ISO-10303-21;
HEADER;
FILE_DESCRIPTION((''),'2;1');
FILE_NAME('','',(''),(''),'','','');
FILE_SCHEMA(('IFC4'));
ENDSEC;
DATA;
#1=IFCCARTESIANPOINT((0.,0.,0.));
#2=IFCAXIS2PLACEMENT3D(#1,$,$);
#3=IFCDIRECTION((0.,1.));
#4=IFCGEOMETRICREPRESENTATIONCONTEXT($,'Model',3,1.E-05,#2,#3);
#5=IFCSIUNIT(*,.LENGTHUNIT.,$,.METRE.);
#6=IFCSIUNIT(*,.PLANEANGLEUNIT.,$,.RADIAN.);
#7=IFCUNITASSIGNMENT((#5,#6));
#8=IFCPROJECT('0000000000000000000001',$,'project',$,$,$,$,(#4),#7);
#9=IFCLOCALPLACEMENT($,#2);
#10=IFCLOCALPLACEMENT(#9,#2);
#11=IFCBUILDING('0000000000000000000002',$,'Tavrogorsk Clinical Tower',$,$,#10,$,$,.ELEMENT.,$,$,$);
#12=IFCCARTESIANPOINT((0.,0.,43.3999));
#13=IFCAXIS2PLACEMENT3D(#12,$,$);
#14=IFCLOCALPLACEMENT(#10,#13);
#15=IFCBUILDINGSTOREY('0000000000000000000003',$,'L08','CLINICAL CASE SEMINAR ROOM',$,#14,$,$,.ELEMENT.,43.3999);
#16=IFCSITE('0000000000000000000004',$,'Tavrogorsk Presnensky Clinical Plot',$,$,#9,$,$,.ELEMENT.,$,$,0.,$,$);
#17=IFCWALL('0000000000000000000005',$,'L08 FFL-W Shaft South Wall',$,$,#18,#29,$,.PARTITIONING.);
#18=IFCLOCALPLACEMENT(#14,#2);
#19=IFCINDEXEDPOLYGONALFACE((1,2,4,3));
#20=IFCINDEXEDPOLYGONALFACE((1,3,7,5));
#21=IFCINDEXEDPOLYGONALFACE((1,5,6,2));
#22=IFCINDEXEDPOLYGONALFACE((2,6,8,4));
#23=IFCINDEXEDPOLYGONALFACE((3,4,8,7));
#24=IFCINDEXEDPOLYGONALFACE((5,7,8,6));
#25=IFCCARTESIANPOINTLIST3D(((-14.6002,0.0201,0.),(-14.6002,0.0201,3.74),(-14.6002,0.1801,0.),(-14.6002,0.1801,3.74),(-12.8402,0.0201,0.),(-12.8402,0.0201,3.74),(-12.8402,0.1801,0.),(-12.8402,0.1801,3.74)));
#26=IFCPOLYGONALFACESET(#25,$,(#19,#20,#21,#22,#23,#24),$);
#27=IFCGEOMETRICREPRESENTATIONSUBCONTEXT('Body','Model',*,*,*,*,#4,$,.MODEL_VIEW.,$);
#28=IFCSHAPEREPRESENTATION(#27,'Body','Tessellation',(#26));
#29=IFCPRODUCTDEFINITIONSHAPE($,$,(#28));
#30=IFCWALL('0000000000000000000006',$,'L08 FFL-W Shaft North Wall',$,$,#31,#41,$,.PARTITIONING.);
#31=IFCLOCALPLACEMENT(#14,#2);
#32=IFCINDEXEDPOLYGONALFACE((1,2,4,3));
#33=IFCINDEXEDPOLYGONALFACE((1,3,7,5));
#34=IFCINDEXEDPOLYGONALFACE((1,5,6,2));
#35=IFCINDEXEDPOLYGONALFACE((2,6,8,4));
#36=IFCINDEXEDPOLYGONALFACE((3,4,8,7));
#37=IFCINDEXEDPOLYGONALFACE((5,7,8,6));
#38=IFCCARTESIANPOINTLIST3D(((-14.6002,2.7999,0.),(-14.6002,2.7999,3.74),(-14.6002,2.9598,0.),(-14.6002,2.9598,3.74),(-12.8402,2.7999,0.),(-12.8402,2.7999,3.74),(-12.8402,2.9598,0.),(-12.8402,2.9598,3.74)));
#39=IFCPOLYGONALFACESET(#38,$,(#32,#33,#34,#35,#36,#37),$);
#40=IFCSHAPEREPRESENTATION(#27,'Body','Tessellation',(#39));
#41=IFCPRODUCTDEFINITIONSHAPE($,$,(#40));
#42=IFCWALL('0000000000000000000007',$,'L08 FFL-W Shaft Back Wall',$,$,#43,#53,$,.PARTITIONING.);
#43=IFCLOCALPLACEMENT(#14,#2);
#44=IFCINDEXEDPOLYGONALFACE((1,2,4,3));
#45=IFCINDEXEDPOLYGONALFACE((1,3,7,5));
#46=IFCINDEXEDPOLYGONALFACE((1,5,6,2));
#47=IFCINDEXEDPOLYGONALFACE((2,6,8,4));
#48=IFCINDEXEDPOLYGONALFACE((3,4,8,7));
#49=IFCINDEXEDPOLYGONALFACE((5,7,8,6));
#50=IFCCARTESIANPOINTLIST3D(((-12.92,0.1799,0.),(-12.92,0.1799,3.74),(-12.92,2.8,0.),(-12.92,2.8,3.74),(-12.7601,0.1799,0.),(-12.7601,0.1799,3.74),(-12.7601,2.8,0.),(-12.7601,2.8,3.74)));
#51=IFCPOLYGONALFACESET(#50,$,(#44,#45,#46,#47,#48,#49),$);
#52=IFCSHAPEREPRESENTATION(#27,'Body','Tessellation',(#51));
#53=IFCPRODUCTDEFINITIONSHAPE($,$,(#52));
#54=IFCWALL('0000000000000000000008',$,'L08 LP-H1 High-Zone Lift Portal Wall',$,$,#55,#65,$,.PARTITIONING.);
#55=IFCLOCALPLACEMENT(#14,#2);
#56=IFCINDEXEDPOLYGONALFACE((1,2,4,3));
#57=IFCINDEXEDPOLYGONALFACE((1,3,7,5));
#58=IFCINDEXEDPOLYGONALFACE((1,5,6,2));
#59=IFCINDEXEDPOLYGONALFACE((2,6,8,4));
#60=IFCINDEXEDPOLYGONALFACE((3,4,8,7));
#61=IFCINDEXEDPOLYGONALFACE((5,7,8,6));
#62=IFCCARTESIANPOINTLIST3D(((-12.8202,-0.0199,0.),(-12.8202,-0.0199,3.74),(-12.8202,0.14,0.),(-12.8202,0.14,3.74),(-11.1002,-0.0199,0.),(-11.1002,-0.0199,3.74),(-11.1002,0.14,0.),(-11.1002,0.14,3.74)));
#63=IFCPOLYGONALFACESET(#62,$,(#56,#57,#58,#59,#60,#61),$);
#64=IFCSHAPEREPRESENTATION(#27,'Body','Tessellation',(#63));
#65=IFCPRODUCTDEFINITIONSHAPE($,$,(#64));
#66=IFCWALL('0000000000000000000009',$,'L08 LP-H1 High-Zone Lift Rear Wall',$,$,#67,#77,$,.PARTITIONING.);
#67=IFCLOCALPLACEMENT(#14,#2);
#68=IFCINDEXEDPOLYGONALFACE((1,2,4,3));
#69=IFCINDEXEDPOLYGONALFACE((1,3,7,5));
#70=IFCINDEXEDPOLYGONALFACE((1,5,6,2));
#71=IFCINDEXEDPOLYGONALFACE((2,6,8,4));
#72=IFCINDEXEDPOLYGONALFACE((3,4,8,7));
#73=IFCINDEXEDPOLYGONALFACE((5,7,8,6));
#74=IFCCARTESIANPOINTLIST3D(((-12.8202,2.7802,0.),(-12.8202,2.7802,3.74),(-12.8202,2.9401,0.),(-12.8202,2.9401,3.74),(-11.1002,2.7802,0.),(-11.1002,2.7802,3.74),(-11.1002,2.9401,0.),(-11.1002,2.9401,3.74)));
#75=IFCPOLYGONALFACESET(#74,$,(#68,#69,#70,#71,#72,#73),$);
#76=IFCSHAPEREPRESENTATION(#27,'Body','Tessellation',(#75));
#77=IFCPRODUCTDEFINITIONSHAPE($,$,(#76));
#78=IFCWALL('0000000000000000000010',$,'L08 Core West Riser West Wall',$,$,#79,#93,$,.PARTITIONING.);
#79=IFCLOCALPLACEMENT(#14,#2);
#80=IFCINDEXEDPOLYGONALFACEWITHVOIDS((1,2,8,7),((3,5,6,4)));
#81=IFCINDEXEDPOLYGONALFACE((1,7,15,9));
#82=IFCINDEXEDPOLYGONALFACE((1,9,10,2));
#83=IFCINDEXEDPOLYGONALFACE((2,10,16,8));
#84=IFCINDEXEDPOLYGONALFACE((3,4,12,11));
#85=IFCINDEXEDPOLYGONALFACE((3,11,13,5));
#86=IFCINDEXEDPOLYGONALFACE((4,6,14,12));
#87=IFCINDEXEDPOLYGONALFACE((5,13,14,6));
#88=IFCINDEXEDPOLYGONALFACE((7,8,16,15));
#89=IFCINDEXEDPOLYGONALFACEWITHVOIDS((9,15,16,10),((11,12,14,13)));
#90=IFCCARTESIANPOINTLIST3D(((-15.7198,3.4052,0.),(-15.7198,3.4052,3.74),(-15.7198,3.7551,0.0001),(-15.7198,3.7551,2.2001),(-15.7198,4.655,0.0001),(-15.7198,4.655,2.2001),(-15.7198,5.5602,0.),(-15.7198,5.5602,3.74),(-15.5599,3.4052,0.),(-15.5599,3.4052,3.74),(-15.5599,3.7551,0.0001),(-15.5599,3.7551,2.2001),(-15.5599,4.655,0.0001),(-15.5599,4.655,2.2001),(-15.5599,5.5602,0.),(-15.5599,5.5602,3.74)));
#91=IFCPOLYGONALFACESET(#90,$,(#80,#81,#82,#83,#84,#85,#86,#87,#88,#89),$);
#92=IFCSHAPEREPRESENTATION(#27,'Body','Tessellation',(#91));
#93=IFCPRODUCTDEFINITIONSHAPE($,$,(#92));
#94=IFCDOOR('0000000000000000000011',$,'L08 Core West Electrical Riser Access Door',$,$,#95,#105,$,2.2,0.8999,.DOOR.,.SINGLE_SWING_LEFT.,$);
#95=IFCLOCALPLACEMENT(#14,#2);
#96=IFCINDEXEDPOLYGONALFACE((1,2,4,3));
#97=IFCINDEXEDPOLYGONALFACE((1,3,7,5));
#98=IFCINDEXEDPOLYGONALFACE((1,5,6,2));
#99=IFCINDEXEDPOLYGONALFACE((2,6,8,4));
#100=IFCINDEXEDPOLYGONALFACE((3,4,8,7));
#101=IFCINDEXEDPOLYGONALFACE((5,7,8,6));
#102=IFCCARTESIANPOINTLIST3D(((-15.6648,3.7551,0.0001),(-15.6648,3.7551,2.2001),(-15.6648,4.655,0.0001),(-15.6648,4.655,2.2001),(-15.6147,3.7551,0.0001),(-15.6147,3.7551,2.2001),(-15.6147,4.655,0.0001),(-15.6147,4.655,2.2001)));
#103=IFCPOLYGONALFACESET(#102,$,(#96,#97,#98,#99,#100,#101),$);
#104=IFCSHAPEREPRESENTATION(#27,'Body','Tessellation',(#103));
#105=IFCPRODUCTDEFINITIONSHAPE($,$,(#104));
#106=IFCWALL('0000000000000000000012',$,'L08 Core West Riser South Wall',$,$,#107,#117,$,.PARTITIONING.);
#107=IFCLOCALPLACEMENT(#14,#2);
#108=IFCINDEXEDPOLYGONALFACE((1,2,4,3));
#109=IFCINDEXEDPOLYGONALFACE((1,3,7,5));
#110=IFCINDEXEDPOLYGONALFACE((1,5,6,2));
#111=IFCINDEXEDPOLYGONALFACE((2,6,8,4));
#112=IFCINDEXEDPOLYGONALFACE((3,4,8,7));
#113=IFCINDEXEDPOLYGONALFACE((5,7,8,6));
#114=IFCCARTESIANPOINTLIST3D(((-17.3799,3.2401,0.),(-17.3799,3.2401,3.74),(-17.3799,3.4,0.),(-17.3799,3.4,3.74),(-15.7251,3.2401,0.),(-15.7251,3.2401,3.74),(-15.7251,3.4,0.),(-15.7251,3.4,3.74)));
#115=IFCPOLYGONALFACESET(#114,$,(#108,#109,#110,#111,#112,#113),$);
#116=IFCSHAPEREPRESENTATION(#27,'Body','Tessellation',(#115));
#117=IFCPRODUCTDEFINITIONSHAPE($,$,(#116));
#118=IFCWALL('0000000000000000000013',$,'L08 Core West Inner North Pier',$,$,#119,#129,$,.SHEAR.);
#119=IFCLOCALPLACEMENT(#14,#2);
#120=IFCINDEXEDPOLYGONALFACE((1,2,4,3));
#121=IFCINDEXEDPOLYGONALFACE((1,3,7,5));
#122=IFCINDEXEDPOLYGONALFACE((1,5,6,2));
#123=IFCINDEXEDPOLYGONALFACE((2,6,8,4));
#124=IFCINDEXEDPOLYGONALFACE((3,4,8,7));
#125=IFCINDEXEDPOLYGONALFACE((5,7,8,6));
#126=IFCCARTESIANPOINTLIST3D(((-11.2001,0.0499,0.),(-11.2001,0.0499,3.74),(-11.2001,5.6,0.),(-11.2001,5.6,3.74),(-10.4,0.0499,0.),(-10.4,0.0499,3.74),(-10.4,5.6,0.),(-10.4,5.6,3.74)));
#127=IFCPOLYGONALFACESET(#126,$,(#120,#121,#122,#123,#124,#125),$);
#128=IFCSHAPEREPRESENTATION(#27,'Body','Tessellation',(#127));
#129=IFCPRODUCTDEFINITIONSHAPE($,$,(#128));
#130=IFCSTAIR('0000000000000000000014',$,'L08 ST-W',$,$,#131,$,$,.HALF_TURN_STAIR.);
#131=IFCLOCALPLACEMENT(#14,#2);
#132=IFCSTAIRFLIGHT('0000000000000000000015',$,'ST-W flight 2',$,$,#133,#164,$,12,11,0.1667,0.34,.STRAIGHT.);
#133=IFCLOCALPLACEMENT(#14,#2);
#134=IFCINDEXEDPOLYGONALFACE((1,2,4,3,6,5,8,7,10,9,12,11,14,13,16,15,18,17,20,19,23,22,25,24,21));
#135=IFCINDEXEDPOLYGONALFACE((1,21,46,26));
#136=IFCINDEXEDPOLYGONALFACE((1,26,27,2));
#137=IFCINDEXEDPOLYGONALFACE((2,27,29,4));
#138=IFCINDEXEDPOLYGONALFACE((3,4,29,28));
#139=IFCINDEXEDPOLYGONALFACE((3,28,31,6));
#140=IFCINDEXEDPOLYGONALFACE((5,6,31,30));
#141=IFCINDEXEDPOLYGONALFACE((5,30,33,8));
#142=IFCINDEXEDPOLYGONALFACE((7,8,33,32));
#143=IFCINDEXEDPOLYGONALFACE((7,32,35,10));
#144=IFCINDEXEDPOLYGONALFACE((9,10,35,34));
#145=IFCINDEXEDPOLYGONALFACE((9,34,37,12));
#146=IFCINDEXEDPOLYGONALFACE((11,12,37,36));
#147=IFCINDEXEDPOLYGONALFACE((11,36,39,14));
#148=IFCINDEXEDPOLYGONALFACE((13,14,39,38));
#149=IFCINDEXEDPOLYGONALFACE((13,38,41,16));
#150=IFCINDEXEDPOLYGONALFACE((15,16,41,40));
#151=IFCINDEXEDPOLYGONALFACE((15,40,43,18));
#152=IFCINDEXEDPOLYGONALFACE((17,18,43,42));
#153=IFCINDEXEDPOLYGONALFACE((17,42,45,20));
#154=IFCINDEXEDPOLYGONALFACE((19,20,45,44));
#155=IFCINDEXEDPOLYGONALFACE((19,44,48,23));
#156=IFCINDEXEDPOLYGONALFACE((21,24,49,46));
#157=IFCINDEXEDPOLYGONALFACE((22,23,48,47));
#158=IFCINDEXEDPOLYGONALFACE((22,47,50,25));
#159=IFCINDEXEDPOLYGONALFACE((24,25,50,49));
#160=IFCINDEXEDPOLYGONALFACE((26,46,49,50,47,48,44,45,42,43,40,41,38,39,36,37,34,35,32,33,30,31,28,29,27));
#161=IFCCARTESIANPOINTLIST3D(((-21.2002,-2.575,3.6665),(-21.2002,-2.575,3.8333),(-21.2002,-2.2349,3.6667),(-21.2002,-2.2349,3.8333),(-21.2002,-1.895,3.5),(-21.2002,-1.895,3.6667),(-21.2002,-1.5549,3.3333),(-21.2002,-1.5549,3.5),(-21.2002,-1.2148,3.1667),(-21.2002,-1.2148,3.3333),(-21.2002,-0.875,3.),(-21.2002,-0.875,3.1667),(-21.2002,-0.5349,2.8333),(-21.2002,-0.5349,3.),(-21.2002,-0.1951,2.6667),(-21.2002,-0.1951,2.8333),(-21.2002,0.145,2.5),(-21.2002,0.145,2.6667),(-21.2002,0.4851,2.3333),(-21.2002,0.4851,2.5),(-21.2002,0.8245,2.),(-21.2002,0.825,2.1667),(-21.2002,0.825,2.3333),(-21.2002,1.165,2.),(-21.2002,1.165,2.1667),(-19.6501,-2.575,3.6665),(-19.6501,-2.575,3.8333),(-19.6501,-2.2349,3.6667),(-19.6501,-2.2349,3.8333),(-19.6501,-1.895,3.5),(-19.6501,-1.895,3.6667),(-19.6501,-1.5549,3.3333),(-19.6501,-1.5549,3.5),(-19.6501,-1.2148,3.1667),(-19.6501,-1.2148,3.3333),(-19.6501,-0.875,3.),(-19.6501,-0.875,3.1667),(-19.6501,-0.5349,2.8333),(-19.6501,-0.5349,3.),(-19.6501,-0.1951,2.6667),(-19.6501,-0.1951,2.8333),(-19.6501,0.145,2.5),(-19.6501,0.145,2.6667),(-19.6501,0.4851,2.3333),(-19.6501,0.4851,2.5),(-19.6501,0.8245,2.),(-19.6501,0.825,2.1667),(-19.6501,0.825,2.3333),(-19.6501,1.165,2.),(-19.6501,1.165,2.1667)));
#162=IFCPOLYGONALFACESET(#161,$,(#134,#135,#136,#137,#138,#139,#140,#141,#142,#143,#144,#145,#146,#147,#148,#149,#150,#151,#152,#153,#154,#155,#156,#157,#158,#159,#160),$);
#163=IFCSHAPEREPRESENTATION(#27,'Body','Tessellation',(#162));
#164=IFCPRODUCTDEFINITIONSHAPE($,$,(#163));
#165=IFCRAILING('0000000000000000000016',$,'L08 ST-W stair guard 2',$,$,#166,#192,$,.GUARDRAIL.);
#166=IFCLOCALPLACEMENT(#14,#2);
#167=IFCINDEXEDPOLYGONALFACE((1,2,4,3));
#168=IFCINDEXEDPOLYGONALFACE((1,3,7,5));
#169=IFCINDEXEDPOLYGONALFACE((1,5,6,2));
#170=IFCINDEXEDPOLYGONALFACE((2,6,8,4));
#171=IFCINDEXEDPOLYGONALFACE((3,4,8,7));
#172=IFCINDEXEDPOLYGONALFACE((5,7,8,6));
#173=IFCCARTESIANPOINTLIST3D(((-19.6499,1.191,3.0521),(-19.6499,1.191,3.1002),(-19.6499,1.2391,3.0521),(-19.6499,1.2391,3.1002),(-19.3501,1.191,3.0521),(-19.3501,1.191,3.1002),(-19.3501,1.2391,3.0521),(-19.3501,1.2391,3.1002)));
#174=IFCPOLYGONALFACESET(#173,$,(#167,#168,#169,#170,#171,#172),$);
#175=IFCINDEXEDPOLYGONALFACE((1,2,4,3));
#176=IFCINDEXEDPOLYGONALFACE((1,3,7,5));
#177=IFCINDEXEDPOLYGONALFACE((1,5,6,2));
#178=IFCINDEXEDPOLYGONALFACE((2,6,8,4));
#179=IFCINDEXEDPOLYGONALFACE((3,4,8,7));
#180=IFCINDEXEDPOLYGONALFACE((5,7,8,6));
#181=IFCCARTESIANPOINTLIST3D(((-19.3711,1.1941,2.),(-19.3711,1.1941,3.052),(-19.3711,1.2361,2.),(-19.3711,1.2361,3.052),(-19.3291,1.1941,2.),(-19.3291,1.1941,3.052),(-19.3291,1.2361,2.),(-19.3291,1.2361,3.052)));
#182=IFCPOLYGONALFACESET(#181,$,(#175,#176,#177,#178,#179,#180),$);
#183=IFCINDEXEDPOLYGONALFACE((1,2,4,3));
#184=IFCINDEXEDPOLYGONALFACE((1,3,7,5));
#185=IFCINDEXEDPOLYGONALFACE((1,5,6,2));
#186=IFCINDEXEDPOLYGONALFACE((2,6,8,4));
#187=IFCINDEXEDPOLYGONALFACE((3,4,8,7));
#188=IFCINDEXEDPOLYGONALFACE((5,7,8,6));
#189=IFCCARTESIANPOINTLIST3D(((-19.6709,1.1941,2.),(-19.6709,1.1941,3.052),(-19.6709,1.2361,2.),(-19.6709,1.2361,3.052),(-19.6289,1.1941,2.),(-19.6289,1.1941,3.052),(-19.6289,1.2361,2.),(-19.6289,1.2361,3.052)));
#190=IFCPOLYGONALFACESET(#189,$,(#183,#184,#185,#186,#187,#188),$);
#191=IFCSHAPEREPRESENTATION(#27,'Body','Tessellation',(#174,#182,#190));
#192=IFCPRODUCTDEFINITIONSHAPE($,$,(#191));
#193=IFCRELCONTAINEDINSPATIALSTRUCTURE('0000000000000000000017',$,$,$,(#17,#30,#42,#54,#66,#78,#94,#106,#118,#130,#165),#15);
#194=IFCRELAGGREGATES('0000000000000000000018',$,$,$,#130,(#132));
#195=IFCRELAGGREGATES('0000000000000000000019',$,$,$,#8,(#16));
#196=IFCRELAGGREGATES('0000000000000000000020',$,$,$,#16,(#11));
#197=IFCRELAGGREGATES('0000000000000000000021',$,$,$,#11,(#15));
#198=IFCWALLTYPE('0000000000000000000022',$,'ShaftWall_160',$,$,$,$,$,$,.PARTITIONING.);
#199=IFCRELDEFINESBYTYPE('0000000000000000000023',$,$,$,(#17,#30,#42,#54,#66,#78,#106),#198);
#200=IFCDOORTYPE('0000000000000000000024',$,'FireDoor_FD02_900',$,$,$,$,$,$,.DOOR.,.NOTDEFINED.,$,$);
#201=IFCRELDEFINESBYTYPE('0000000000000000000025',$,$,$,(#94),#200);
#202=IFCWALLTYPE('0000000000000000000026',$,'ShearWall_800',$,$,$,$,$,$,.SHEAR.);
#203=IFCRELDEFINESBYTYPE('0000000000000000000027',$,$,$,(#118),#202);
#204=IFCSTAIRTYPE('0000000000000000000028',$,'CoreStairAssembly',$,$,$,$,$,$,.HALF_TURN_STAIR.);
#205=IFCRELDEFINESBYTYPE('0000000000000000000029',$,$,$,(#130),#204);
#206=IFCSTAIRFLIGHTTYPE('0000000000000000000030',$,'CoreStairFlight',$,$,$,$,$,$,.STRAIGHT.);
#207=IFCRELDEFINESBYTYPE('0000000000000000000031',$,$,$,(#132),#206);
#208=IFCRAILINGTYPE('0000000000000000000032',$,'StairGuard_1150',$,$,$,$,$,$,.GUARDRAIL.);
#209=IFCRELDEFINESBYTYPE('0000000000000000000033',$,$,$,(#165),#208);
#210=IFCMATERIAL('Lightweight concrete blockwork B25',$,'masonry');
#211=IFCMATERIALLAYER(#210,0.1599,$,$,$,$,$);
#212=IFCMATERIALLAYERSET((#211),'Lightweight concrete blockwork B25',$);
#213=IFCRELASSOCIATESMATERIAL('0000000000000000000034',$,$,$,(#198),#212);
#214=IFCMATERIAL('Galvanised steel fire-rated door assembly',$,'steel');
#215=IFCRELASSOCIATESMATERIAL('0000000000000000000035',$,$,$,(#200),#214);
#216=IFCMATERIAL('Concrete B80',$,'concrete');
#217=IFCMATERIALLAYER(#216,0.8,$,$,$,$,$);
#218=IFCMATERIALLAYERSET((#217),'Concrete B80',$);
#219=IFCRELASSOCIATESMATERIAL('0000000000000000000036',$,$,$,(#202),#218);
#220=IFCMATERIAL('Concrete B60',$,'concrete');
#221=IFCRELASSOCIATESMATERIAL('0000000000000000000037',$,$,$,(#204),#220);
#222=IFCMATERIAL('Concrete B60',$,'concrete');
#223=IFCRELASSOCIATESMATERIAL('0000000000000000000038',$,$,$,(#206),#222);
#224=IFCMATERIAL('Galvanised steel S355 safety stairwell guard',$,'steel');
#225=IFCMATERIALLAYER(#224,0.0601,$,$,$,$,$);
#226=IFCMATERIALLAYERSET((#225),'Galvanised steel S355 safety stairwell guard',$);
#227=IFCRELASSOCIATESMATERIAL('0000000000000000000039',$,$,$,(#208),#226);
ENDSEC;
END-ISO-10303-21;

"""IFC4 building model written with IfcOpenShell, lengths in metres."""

from ifc_helpers import new_model, si_unit, direction, frame, frame_2d, origin, origin_2d, place, context, subcontext, project, spatial, polyline, rectangle, outline, extrude, material, layer, layer_set, type_object, element, fill, aggregate, save


model = new_model("IFC4")

# Units and contexts
model_context = context("Model", 3, precision=1e-05, world=origin(), true_north=direction((0.0, 1.0)))
body_context = subcontext(model_context, "Body", "Model", "MODEL_VIEW")
ifc_project = project(units=[si_unit("LENGTHUNIT", "METRE"), si_unit("PLANEANGLEUNIT", "RADIAN")], contexts=[model_context])

# Site, building, storey
site_placement = place(None, origin())
site = spatial("IfcSite", under=ifc_project, at=site_placement, Name="Tavrogorsk Presnensky Clinical Plot", CompositionType="ELEMENT", RefElevation=0.0)
building_placement = place(site_placement, origin())
building = spatial("IfcBuilding", under=site, at=building_placement, Name="Tavrogorsk Clinical Tower", CompositionType="ELEMENT")
storey_placement = place(building_placement, frame((0.0, 0.0, 43.3999)))
storey = spatial("IfcBuildingStorey", under=building, at=storey_placement, Name="L08", Description="CLINICAL CASE SEMINAR ROOM", CompositionType="ELEMENT", Elevation=43.3999)

# Shared definitions
ifc_material_1 = material(Name="Lightweight concrete blockwork B25", Category="masonry")
ifc_layer_1 = layer(ifc_material_1, 0.1599)
ifc_layer_set_1 = layer_set([ifc_layer_1], Name="Lightweight concrete blockwork B25")
wall_type_1 = type_object("IfcWallType", Name="ShaftWall_160", PredefinedType="PARTITIONING", material=ifc_layer_set_1)

# Walls
for number, where, z_axis, x_axis, name in (
    (1, (-14.6001, 0.1001, 0.0), (0.0, 0.0, 1.0), (1.0, 0.0, 0.0), "L08 FFL-W Shaft South Wall"),
    (2, (-14.6001, 2.8799, 0.0), (0.0, 0.0, 1.0), (1.0, 0.0, 0.0), "L08 FFL-W Shaft North Wall"),
):
    element("IfcWall", number, at=place(storey_placement, frame(where, z_axis=z_axis, x_axis=x_axis)), inside=storey, type_object=wall_type_1, Name=name, PredefinedType="PARTITIONING", context=body_context, shape_type="SweptSolid", body=[
        extrude(rectangle(XDim=1.76, YDim=0.1599, at=frame_2d((0.8799, 0.0))), origin(), (0.0, 0.0, 1.0), 3.74),
    ])
wall_1_placement = place(storey_placement, frame((-12.8401, 0.1799, 0.0), z_axis=(0.0, 0.0, 1.0), x_axis=(0.0, 1.0, 0.0)))
element("IfcWall", 3, at=wall_1_placement, inside=storey, type_object=wall_type_1, Name="L08 FFL-W Shaft Back Wall", PredefinedType="PARTITIONING", context=body_context, shape_type="SweptSolid", body=[
    extrude(rectangle(XDim=2.6201, YDim=0.1599, at=frame_2d((1.3101, 0.0))), origin(), (0.0, 0.0, 1.0), 3.74),
])
for number, where, z_axis, x_axis, name in (
    (4, (-12.8201, 0.0601, 0.0), (0.0, 0.0, 1.0), (1.0, 0.0, 0.0), "L08 LP-H1 High-Zone Lift Portal Wall"),
    (5, (-12.8201, 2.8601, 0.0), (0.0, 0.0, 1.0), (1.0, 0.0, 0.0), "L08 LP-H1 High-Zone Lift Rear Wall"),
):
    element("IfcWall", number, at=place(storey_placement, frame(where, z_axis=z_axis, x_axis=x_axis)), inside=storey, type_object=wall_type_1, Name=name, PredefinedType="PARTITIONING", context=body_context, shape_type="SweptSolid", body=[
        extrude(rectangle(XDim=1.72, YDim=0.1599, at=frame_2d((0.8599, 0.0))), origin(), (0.0, 0.0, 1.0), 3.74),
    ])

# Wall, opening, door
wall_2_placement = place(storey_placement, frame((-15.6399, 3.405, 0.0), z_axis=(0.0, 0.0, 1.0), x_axis=(0.0, 1.0, 0.0)))
wall_2 = element("IfcWall", 6, at=wall_2_placement, inside=storey, type_object=wall_type_1, Name="L08 Core West Riser West Wall", PredefinedType="PARTITIONING", context=body_context, shape_type="SweptSolid", body=[
    extrude(rectangle(XDim=2.155, YDim=0.1599, at=frame_2d((1.0776, 0.0))), origin(), (0.0, 0.0, 1.0), 3.74),
])
opening_1_placement = place(wall_2_placement, frame((0.3501, 0.0, 0.0)))
opening_1 = element("IfcOpeningElement", 7, at=opening_1_placement, cuts=wall_2, PredefinedType="OPENING", context=body_context, shape_type="SweptSolid", body=[
    extrude(rectangle(XDim=0.8999, YDim=2.2, at=frame_2d((0.45, 1.1001))), frame((0.0, 0.0898, 0.0), z_axis=(0.0, -1.0, 0.0), x_axis=(1.0, 0.0, 0.0)), (0.0, 0.0, 1.0), 0.1799),
])
ifc_material_2 = material(Name="Galvanised steel fire-rated door assembly", Category="steel")
door_type_1 = type_object("IfcDoorType", Name="FireDoor_FD02_900", OperationType="NOTDEFINED", PredefinedType="DOOR", material=ifc_material_2)
door_1_placement = place(opening_1_placement, origin())
door_1 = element("IfcDoor", 8, at=door_1_placement, inside=storey, type_object=door_type_1, Name="L08 Core West Electrical Riser Access Door", OperationType="SINGLE_SWING_LEFT", OverallHeight=2.2, OverallWidth=0.8999, PredefinedType="DOOR", context=body_context, shape_type="SweptSolid", body=[
    extrude(rectangle(XDim=0.8999, YDim=2.2, at=frame_2d((0.45, 1.1001))), frame((0.0, 0.0249, 0.0), z_axis=(0.0, -1.0, 0.0), x_axis=(1.0, 0.0, 0.0)), (0.0, 0.0, 1.0), 0.05),
])
fill(opening_1, door_1)

# Walls
wall_3_placement = place(storey_placement, frame((-17.3799, 3.3201, 0.0), z_axis=(0.0, 0.0, 1.0), x_axis=(1.0, 0.0, 0.0)))
element("IfcWall", 9, at=wall_3_placement, inside=storey, type_object=wall_type_1, Name="L08 Core West Riser South Wall", PredefinedType="PARTITIONING", context=body_context, shape_type="SweptSolid", body=[
    extrude(rectangle(XDim=1.6548, YDim=0.1599, at=frame_2d((0.8274, 0.0))), origin(), (0.0, 0.0, 1.0), 3.74),
])
ifc_material_3 = material(Name="Concrete B80", Category="concrete")
ifc_layer_2 = layer(ifc_material_3, 0.8)
ifc_layer_set_2 = layer_set([ifc_layer_2], Name="Concrete B80")
wall_type_2 = type_object("IfcWallType", Name="ShearWall_800", PredefinedType="SHEAR", material=ifc_layer_set_2)
wall_4_placement = place(storey_placement, frame((-10.8, 0.05, 0.0), z_axis=(0.0, 0.0, 1.0), x_axis=(0.0, 1.0, 0.0)))
element("IfcWall", 10, at=wall_4_placement, inside=storey, type_object=wall_type_2, Name="L08 Core West Inner North Pier", PredefinedType="SHEAR", context=body_context, shape_type="SweptSolid", body=[
    extrude(rectangle(XDim=5.55, YDim=0.8, at=frame_2d((2.7749, 0.0))), origin(), (0.0, 0.0, 1.0), 3.74),
])

# Stair, stair flight
ifc_material_4 = material(Name="Concrete B60", Category="concrete")
stair_type = type_object("IfcStairType", Name="CoreStairAssembly", PredefinedType="HALF_TURN_STAIR", material=ifc_material_4)
stair_placement = place(storey_placement, origin())
stair = element("IfcStair", 11, at=stair_placement, inside=storey, type_object=stair_type, Name="L08 ST-W", PredefinedType="HALF_TURN_STAIR")
ifc_material_5 = material(Name="Concrete B60", Category="concrete")
stair_flight_type = type_object("IfcStairFlightType", Name="CoreStairFlight", PredefinedType="STRAIGHT", material=ifc_material_5)
stair_flight_placement = place(storey_placement, frame((-20.425, 1.165, 2.0), z_axis=(0.0, 0.0, 1.0), x_axis=(0.0, -1.0, 0.0)))
stair_flight = element("IfcStairFlight", 12, at=stair_flight_placement, type_object=stair_flight_type, Name="ST-W flight 2", NumberOfRisers=12, NumberOfTreads=11, PredefinedType="STRAIGHT", RiserHeight=0.1667, TreadLength=0.34, context=body_context, shape_type="SweptSolid", body=[
    extrude(outline(polyline([(0.0, 0.0), (0.0, 0.1667), (0.3401, 0.1667), (0.3401, 0.3333), (0.6799, 0.3333), (0.6799, 0.5), (1.02, 0.5), (1.02, 0.6667), (1.3601, 0.6667), (1.3601, 0.8333), (1.7, 0.8333), (1.7, 1.0), (2.04, 1.0), (2.04, 1.1667), (2.3799, 1.1667), (2.3799, 1.3333), (2.72, 1.3333), (2.72, 1.5), (3.0601, 1.5), (3.0601, 1.6667), (3.3999, 1.6667), (3.3999, 1.8333), (3.74, 1.8333), (3.74, 2.0), (3.74, 1.6665), (0.3406, 0.0), (0.0, 0.0)])), frame((0.0, 0.7749, 0.0), z_axis=(0.0, -1.0, 0.0), x_axis=(1.0, 0.0, 0.0)), (0.0, 0.0, 1.0), 1.55),
])
aggregate(stair, [stair_flight])

# Railing
ifc_material_6 = material(Name="Galvanised steel S355 safety stairwell guard", Category="steel")
ifc_layer_3 = layer(ifc_material_6, 0.0601)
ifc_layer_set_3 = layer_set([ifc_layer_3], Name="Galvanised steel S355 safety stairwell guard")
railing_type_1 = type_object("IfcRailingType", Name="StairGuard_1150", PredefinedType="GUARDRAIL", material=ifc_layer_set_3)
railing_1_placement = place(storey_placement, frame((-19.3501, 1.2151, 2.0)))
element("IfcRailing", 13, at=railing_1_placement, inside=storey, type_object=railing_type_1, Name="L08 ST-W stair guard 2", PredefinedType="GUARDRAIL", context=body_context, shape_type="SweptSolid", body=[
    extrude(rectangle(XDim=0.0481, YDim=0.0481, at=origin_2d()), frame((0.0, 0.0, 1.0762), z_axis=(-1.0, 0.0, 0.0), x_axis=(0.0, -1.0, 0.0)), (0.0, 0.0, 1.0), 0.2998),
    extrude(rectangle(XDim=0.042, YDim=0.042, at=origin_2d()), origin(), (0.0, 0.0, 1.0), 1.052),
    extrude(rectangle(XDim=0.042, YDim=0.042, at=origin_2d()), frame((-0.2998, 0.0, 0.0)), (0.0, 0.0, 1.0), 1.052),
])

save(model, "model.ifc")
